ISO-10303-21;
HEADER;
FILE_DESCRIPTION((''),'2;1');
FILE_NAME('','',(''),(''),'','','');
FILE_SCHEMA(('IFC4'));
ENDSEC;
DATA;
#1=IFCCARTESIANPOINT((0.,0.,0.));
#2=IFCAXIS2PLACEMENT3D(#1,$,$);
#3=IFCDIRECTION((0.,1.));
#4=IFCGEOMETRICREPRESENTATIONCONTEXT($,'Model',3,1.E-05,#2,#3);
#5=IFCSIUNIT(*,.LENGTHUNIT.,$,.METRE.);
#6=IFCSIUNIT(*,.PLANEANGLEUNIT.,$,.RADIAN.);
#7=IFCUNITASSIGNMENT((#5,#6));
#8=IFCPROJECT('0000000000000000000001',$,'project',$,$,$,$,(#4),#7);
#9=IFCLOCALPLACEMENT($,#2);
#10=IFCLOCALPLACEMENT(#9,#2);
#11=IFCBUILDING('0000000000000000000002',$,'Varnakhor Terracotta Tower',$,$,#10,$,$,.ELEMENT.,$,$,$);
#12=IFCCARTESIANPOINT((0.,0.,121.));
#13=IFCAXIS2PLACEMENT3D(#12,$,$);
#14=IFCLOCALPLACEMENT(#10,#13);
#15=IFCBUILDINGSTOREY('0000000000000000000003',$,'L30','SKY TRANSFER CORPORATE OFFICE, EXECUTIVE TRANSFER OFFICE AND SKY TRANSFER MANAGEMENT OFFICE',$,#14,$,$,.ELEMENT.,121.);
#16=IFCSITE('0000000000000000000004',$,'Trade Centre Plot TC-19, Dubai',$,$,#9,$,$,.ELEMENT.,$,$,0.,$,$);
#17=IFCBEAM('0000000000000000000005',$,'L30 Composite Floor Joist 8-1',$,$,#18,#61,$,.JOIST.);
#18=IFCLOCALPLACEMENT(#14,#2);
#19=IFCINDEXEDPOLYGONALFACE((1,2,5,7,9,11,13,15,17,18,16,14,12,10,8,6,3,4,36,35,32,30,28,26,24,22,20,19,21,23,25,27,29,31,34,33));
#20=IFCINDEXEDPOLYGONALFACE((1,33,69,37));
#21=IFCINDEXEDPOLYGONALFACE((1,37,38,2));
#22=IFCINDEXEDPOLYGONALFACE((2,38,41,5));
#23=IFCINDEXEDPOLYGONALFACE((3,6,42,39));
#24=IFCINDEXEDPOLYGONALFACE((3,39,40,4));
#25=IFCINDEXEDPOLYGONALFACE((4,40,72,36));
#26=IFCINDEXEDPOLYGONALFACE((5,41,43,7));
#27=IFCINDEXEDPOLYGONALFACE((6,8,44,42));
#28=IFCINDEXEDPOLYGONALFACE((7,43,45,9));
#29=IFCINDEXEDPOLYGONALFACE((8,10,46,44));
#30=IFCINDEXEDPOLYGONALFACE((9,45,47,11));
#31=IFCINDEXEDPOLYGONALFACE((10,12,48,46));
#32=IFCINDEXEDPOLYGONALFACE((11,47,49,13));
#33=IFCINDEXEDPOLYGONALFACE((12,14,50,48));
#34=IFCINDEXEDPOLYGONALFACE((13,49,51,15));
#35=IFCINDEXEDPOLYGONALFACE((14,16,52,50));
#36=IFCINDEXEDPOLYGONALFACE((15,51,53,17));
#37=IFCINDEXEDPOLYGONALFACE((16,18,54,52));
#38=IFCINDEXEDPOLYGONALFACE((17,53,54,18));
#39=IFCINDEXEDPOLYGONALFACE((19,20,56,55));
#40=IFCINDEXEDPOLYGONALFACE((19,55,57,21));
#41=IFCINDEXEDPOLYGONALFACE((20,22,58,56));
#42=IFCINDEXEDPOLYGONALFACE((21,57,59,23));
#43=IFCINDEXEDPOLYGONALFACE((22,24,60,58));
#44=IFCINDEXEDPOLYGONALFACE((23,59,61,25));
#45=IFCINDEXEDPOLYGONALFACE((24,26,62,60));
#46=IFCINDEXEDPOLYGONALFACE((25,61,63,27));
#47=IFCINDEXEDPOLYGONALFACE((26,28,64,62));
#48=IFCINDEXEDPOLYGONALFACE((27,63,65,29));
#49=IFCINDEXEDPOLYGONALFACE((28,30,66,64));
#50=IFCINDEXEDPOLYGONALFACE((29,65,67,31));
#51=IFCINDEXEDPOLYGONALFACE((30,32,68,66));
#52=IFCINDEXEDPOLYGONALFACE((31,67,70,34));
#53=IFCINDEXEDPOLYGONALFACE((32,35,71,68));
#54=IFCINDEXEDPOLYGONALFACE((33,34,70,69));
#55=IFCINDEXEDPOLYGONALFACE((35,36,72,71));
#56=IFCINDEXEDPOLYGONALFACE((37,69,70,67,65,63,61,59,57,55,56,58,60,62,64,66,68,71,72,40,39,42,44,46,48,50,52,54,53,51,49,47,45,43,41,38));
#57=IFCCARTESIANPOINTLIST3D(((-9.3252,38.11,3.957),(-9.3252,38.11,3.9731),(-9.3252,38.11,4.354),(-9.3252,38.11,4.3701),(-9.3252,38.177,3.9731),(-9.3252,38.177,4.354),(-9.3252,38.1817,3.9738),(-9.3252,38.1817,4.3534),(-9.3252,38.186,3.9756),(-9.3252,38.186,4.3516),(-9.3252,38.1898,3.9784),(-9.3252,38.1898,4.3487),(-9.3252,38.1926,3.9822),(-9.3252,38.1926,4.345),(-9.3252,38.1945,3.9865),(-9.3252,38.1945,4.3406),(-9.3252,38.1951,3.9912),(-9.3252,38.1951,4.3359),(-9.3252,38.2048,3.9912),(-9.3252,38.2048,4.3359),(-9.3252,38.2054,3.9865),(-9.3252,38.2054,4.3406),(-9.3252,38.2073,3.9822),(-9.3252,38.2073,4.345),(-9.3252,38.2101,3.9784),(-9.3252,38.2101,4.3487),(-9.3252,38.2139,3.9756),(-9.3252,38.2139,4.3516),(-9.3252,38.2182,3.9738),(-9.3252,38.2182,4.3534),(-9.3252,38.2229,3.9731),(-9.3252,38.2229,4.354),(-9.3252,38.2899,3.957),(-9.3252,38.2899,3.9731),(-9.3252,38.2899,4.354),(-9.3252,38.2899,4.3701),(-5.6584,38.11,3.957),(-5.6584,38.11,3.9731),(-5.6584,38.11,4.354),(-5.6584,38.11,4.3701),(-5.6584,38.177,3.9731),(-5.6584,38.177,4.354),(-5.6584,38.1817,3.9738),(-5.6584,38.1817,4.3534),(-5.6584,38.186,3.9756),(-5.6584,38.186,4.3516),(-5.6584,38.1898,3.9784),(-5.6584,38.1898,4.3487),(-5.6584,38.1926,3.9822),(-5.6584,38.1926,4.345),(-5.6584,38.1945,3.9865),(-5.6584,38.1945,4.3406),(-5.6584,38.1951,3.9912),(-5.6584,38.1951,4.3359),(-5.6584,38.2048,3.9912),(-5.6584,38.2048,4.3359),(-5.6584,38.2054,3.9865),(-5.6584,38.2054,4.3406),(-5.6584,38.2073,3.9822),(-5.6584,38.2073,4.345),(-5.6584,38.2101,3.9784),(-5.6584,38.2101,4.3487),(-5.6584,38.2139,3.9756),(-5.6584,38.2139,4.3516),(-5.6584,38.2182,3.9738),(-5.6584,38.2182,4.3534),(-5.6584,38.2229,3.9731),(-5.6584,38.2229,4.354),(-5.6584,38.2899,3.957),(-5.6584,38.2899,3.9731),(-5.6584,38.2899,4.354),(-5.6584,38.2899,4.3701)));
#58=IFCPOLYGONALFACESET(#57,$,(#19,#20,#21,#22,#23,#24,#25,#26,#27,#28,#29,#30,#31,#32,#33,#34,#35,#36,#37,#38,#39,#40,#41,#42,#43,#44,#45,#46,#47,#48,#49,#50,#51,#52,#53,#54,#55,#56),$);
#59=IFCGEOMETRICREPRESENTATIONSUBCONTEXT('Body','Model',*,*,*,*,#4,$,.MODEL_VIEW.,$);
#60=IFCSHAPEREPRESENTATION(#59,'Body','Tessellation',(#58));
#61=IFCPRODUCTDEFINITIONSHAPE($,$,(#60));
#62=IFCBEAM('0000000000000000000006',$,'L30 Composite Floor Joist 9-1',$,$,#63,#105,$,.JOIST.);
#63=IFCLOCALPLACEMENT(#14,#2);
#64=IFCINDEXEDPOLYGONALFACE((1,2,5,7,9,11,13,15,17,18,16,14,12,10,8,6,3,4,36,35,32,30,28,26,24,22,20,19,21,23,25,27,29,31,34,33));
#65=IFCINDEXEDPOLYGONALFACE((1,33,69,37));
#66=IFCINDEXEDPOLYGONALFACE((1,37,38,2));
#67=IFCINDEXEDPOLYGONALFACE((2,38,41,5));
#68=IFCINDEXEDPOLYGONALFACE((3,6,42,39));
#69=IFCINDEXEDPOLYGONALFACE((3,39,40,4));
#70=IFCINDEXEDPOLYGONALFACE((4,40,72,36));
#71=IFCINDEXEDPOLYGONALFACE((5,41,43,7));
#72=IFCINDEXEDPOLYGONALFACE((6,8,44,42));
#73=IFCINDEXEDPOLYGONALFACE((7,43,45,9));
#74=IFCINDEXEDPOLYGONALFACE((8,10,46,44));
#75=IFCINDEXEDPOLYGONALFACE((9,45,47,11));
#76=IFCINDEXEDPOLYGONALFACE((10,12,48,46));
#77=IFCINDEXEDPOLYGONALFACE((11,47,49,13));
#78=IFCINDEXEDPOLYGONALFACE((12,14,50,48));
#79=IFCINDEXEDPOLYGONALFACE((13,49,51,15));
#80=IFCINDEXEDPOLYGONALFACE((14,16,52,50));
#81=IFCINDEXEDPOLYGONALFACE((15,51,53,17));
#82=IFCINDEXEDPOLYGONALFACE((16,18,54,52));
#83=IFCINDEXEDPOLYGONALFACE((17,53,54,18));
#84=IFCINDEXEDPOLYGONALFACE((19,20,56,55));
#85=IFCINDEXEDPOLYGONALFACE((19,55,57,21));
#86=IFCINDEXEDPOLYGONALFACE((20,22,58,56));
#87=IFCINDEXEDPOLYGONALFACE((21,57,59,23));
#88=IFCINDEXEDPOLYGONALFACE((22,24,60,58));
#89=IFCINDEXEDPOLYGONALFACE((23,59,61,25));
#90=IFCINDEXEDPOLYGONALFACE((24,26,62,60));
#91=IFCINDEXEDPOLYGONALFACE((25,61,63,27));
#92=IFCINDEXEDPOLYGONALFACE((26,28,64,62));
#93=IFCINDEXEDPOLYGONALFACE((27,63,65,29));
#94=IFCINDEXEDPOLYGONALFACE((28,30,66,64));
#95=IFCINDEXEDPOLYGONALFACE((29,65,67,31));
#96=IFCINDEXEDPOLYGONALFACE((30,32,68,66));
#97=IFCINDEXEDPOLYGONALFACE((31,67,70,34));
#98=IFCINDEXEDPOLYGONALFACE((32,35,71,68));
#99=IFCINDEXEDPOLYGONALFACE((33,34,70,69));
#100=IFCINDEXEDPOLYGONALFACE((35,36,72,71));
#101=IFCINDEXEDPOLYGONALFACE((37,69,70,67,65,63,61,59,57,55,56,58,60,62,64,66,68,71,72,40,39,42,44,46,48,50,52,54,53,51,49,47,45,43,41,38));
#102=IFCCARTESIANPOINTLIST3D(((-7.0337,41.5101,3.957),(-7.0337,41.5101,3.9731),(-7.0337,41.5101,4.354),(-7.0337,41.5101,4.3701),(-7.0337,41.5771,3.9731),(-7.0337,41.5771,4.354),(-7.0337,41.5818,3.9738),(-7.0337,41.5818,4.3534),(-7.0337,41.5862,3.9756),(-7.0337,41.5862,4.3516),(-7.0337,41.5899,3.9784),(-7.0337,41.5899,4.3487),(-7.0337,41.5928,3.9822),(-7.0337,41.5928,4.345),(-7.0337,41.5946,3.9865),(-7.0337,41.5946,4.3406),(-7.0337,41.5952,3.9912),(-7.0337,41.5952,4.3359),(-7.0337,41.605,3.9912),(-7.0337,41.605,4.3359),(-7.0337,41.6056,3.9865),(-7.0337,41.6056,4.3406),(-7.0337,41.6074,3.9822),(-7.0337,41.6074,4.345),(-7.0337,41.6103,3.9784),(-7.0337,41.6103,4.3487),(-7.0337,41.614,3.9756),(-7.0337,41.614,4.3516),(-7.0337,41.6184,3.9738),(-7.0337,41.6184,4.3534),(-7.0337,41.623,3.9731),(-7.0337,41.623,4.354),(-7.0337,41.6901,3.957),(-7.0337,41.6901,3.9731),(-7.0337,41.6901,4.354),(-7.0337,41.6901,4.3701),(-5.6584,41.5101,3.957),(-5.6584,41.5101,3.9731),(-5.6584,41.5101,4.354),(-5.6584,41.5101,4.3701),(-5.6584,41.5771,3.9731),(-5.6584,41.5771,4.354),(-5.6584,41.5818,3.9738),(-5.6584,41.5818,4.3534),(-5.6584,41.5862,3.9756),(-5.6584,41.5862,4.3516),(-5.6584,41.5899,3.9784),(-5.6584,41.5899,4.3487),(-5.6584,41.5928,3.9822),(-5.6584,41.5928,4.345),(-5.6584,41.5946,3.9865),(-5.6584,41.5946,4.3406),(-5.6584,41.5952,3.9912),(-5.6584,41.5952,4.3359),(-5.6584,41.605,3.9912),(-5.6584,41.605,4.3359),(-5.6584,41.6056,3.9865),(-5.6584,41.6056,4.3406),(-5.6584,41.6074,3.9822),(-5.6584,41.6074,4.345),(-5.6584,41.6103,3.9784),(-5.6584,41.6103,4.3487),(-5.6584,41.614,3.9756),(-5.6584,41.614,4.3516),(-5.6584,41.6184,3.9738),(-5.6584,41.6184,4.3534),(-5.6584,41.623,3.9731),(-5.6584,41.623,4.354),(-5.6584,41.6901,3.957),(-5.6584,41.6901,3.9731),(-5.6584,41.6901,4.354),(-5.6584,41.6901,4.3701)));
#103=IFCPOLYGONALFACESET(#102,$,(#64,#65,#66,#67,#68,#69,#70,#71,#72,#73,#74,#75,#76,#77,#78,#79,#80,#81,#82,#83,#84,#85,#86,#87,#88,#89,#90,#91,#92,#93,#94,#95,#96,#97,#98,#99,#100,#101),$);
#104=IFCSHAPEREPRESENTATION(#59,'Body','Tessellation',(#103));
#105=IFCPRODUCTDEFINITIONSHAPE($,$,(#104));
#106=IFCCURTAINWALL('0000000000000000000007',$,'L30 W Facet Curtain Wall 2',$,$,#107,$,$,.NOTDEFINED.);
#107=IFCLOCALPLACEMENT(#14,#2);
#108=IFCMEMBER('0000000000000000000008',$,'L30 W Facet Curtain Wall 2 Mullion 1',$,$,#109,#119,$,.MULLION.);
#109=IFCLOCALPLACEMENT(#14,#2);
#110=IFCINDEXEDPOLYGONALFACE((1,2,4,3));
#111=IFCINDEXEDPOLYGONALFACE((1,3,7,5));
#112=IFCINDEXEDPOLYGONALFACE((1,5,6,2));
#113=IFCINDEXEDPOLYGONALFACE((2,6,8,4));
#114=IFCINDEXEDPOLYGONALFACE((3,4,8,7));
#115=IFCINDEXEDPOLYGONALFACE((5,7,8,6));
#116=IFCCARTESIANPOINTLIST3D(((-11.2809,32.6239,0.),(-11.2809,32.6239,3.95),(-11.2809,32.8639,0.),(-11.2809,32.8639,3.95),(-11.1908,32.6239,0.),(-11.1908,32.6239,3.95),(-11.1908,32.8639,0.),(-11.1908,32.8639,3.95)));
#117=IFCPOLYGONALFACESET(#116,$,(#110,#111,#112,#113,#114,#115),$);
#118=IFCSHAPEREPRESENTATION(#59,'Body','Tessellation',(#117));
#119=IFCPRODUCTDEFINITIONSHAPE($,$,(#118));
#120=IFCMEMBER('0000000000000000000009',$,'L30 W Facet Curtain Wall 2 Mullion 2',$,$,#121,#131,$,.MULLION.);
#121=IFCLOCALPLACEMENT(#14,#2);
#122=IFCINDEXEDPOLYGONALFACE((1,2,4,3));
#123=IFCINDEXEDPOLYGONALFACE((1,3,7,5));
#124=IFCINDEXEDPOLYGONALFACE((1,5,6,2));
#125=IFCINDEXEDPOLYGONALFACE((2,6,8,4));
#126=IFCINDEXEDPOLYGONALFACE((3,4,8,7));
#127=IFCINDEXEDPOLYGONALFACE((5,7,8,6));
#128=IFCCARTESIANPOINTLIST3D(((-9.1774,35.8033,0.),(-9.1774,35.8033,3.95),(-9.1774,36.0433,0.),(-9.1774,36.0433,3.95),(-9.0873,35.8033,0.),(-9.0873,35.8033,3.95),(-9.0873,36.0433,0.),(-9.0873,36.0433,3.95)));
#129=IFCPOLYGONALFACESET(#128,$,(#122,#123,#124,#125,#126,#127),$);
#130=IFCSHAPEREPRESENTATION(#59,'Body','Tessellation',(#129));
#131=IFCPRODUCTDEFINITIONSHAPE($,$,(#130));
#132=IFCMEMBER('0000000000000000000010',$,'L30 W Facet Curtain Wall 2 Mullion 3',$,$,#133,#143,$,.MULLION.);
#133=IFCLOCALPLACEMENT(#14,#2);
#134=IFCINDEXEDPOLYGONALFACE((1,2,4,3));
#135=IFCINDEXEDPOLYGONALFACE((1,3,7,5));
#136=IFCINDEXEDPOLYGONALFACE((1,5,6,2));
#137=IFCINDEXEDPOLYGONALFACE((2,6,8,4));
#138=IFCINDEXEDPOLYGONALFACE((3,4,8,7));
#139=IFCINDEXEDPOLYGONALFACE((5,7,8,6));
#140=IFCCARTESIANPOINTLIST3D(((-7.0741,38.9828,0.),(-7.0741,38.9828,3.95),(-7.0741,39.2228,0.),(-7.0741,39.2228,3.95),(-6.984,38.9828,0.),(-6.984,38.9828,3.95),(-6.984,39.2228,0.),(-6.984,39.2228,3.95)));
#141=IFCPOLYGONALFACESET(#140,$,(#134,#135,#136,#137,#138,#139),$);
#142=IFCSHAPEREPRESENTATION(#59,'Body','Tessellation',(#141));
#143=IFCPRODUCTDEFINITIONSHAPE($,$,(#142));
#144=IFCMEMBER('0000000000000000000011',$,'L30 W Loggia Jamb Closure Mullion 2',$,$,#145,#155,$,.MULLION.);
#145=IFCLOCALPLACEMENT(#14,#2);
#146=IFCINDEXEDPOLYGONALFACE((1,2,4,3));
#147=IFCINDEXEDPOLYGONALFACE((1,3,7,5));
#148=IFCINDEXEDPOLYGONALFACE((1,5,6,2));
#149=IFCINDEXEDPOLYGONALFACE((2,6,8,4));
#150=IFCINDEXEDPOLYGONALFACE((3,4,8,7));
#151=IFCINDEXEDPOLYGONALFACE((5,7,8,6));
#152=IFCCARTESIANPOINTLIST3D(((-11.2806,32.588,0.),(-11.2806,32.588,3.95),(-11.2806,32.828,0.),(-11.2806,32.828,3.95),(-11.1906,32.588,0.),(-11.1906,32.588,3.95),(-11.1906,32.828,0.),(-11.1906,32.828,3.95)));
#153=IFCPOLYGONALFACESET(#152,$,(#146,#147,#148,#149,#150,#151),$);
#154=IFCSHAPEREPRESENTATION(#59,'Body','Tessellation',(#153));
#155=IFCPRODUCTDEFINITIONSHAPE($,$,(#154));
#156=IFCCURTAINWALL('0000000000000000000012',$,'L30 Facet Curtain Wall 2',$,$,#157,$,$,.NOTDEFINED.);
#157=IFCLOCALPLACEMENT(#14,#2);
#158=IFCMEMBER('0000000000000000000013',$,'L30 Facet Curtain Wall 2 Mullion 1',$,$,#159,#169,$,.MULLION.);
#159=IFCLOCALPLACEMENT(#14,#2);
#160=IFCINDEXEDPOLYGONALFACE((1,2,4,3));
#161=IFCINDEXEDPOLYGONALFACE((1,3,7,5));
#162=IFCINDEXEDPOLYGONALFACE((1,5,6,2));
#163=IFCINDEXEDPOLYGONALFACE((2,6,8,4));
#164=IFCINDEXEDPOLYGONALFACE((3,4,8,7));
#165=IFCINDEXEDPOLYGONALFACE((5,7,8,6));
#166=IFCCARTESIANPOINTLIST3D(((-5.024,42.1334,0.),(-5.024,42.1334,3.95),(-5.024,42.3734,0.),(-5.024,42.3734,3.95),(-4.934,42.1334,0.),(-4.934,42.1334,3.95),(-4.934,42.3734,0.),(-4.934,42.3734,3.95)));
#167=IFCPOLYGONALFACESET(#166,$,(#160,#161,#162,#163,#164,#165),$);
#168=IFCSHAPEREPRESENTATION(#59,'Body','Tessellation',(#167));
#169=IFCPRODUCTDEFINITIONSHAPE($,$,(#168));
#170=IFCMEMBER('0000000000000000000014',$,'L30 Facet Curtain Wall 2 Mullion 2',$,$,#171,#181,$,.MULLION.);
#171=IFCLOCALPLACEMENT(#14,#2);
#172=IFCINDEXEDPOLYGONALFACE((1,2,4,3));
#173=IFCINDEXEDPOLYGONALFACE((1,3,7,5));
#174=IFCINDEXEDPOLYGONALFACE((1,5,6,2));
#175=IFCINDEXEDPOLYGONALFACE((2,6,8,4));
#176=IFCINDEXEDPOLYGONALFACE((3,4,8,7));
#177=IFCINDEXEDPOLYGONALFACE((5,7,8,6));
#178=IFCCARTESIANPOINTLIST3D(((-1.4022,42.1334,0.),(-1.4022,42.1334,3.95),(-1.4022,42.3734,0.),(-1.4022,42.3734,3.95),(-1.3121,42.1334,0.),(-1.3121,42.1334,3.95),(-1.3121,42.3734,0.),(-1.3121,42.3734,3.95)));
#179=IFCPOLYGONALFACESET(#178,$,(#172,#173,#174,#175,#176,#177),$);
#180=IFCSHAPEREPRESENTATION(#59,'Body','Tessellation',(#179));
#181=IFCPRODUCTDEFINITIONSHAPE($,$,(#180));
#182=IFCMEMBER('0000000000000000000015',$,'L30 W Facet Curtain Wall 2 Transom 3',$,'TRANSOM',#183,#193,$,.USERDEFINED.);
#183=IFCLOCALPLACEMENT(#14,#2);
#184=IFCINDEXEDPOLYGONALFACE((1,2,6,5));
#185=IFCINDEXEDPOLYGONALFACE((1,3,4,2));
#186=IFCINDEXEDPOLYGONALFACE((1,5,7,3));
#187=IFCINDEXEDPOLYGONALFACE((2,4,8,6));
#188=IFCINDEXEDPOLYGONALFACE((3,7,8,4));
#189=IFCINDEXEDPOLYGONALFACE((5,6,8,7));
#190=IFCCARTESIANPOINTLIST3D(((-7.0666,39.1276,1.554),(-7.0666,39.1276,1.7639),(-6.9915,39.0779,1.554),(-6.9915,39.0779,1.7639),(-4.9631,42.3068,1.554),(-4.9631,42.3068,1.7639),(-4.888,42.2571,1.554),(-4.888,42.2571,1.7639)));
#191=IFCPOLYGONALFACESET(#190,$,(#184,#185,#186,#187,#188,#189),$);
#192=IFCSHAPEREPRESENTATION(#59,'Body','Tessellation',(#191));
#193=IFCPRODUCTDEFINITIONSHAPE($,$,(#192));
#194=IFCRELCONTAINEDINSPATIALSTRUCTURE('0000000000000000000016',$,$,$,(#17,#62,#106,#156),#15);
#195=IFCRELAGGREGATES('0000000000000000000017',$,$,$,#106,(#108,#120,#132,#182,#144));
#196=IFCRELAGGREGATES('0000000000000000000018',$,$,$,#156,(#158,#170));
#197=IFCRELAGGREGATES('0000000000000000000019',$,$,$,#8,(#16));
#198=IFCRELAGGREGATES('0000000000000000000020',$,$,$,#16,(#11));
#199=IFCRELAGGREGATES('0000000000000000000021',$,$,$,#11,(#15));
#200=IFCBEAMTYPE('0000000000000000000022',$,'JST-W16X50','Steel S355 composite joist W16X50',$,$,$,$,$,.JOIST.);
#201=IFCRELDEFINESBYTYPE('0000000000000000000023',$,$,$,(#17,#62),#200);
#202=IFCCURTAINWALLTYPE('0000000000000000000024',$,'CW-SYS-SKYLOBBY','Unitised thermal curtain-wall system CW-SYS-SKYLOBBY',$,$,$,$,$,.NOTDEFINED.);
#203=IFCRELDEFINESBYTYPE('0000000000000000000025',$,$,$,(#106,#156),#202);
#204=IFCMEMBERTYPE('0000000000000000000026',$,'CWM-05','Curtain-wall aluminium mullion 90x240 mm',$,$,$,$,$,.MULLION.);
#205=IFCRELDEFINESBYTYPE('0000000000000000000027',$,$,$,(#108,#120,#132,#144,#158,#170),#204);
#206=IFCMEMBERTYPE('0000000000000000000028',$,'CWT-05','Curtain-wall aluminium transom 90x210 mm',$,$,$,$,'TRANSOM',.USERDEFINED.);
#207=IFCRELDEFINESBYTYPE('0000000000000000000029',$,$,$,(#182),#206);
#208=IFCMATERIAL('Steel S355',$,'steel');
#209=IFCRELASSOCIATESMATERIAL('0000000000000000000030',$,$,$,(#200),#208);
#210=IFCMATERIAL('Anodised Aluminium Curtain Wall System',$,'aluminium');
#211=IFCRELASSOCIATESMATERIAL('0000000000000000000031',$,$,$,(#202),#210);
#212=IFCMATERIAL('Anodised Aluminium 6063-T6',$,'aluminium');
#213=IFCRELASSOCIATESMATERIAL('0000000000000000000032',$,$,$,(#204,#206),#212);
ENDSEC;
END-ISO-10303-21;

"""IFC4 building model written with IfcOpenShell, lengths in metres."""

from ifc_helpers import new_model, si_unit, direction, frame, origin, origin_2d, place, context, subcontext, project, spatial, rectangle, i_section, extrude, source, transform, mapped, material, material_profile, profile_set, type_object, type_shapes, element, aggregate, save


model = new_model("IFC4")

# Units and contexts
model_context = context("Model", 3, precision=1e-05, world=origin(), true_north=direction((0.0, 1.0)))
body_context = subcontext(model_context, "Body", "Model", "MODEL_VIEW")
ifc_project = project(units=[si_unit("LENGTHUNIT", "METRE"), si_unit("PLANEANGLEUNIT", "RADIAN")], contexts=[model_context])

# Site, building, storey
site_placement = place(None, origin())
site = spatial("IfcSite", under=ifc_project, at=site_placement, Name="Trade Centre Plot TC-19, Dubai", CompositionType="ELEMENT", RefElevation=0.0)
building_placement = place(site_placement, origin())
building = spatial("IfcBuilding", under=site, at=building_placement, Name="Varnakhor Terracotta Tower", CompositionType="ELEMENT")
storey_placement = place(building_placement, frame((0.0, 0.0, 121.0)))
storey = spatial("IfcBuildingStorey", under=building, at=storey_placement, Name="L30", Description="SKY TRANSFER CORPORATE OFFICE, EXECUTIVE TRANSFER OFFICE AND SKY TRANSFER MANAGEMENT OFFICE", CompositionType="ELEMENT", Elevation=121.0)

# Beams
ifc_material_1 = material(Name="Steel S355", Category="steel")
ifc_material_profile_1 = material_profile(ifc_material_1, i_section(OverallWidth=0.1799, OverallDepth=0.4131, WebThickness=0.0098, FlangeThickness=0.0161, FilletRadius=0.0181, at=origin_2d()), Name="W16X50")
ifc_profile_set_1 = profile_set([ifc_material_profile_1], Name="Steel S355")
beam_type_1 = type_object("IfcBeamType", Name="JST-W16X50", Description="Steel S355 composite joist W16X50", PredefinedType="JOIST", material=ifc_profile_set_1)
shared_shape_1 = source(origin(), body_context, "Body", "SweptSolid", [
    extrude(i_section(OverallWidth=0.1799, OverallDepth=0.4131, WebThickness=0.0098, FlangeThickness=0.0161, FilletRadius=0.0181, at=origin_2d()), origin(), (0.0, 0.0, 1.0), 3.6667),
])
beam_1_placement = place(storey_placement, frame((-9.3252, 38.2, 4.1636), z_axis=(1.0, 0.0, 0.0), x_axis=(0.0, 1.0, 0.0)))
element("IfcBeam", 1, at=beam_1_placement, inside=storey, type_object=beam_type_1, Name="L30 Composite Floor Joist 8-1", PredefinedType="JOIST", context=body_context, shape_type="MappedRepresentation", body=[
    mapped(shared_shape_1, transform((0.0, 0.0, 0.0), scale=1.0)),
])
shared_shape_2 = source(origin(), body_context, "Body", "SweptSolid", [
    extrude(i_section(OverallWidth=0.1799, OverallDepth=0.4131, WebThickness=0.0098, FlangeThickness=0.0161, FilletRadius=0.0181, at=origin_2d()), origin(), (0.0, 0.0, 1.0), 1.3752),
])
beam_2_placement = place(storey_placement, frame((-7.0337, 41.6001, 4.1636), z_axis=(1.0, 0.0, 0.0), x_axis=(0.0, 1.0, 0.0)))
element("IfcBeam", 2, at=beam_2_placement, inside=storey, type_object=beam_type_1, Name="L30 Composite Floor Joist 9-1", PredefinedType="JOIST", context=body_context, shape_type="MappedRepresentation", body=[
    mapped(shared_shape_2, transform((0.0, 0.0, 0.0), scale=1.0)),
])

# Curtain walls, members
ifc_material_2 = material(Name="Anodised Aluminium Curtain Wall System", Category="aluminium")
curtain_wall_type = type_object("IfcCurtainWallType", Name="CW-SYS-SKYLOBBY", Description="Unitised thermal curtain-wall system CW-SYS-SKYLOBBY", PredefinedType="NOTDEFINED", material=ifc_material_2)
curtain_wall_1_placement = place(storey_placement, origin())
curtain_wall_1 = element("IfcCurtainWall", 3, at=curtain_wall_1_placement, inside=storey, type_object=curtain_wall_type, Name="L30 W Facet Curtain Wall 2", PredefinedType="NOTDEFINED")
ifc_material_3 = material(Name="Anodised Aluminium 6063-T6", Category="aluminium")
ifc_material_profile_2 = material_profile(ifc_material_3, rectangle(XDim=0.0901, YDim=0.24, at=origin_2d()), Name="ALU MULLION 90x240")
ifc_profile_set_2 = profile_set([ifc_material_profile_2], Name="Anodised Aluminium 6063-T6")
member_type_1 = type_object("IfcMemberType", Name="CWM-05", Description="Curtain-wall aluminium mullion 90x240 mm", PredefinedType="MULLION", material=ifc_profile_set_2)
shared_shape_3 = source(origin(), body_context, "Body", "SweptSolid", [
    extrude(rectangle(XDim=0.0901, YDim=0.24, at=origin_2d()), origin(), (0.0, 0.0, 1.0), 3.95),
])
type_shapes(member_type_1, [shared_shape_3])
member_1_placement = place(storey_placement, frame((-11.2358, 32.7439, 0.0), z_axis=(0.0, 0.0, 1.0), x_axis=(1.0, 0.0, 0.0)))
member_1 = element("IfcMember", 4, at=member_1_placement, type_object=member_type_1, Name="L30 W Facet Curtain Wall 2 Mullion 1", PredefinedType="MULLION", context=body_context, shape_type="MappedRepresentation", body=[
    mapped(shared_shape_3, transform((0.0, 0.0, 0.0), scale=1.0)),
])
member_2_placement = place(storey_placement, frame((-9.1323, 35.9233, 0.0), z_axis=(0.0, 0.0, 1.0), x_axis=(1.0, 0.0, 0.0)))
member_2 = element("IfcMember", 5, at=member_2_placement, type_object=member_type_1, Name="L30 W Facet Curtain Wall 2 Mullion 2", PredefinedType="MULLION", context=body_context, shape_type="MappedRepresentation", body=[
    mapped(shared_shape_3, transform((0.0, 0.0, 0.0), scale=1.0)),
])
member_3_placement = place(storey_placement, frame((-7.0291, 39.1028, 0.0), z_axis=(0.0, 0.0, 1.0), x_axis=(1.0, 0.0, 0.0)))
member_3 = element("IfcMember", 6, at=member_3_placement, type_object=member_type_1, Name="L30 W Facet Curtain Wall 2 Mullion 3", PredefinedType="MULLION", context=body_context, shape_type="MappedRepresentation", body=[
    mapped(shared_shape_3, transform((0.0, 0.0, 0.0), scale=1.0)),
])
member_4_placement = place(storey_placement, frame((-11.2356, 32.708, 0.0), z_axis=(0.0, 0.0, 1.0), x_axis=(1.0, 0.0, 0.0)))
member_4 = element("IfcMember", 7, at=member_4_placement, type_object=member_type_1, Name="L30 W Loggia Jamb Closure Mullion 2", PredefinedType="MULLION", context=body_context, shape_type="MappedRepresentation", body=[
    mapped(shared_shape_3, transform((0.0, 0.0, 0.0), scale=1.0)),
])
curtain_wall_2_placement = place(storey_placement, origin())
curtain_wall_2 = element("IfcCurtainWall", 8, at=curtain_wall_2_placement, inside=storey, type_object=curtain_wall_type, Name="L30 Facet Curtain Wall 2", PredefinedType="NOTDEFINED")
member_5_placement = place(storey_placement, frame((-4.979, 42.2534, 0.0), z_axis=(0.0, 0.0, 1.0), x_axis=(1.0, 0.0, 0.0)))
member_5 = element("IfcMember", 9, at=member_5_placement, type_object=member_type_1, Name="L30 Facet Curtain Wall 2 Mullion 1", PredefinedType="MULLION", context=body_context, shape_type="MappedRepresentation", body=[
    mapped(shared_shape_3, transform((0.0, 0.0, 0.0), scale=1.0)),
])
member_6_placement = place(storey_placement, frame((-1.3572, 42.2534, 0.0), z_axis=(0.0, 0.0, 1.0), x_axis=(1.0, 0.0, 0.0)))
member_6 = element("IfcMember", 10, at=member_6_placement, type_object=member_type_1, Name="L30 Facet Curtain Wall 2 Mullion 2", PredefinedType="MULLION", context=body_context, shape_type="MappedRepresentation", body=[
    mapped(shared_shape_3, transform((0.0, 0.0, 0.0), scale=1.0)),
])

# Member
ifc_material_profile_3 = material_profile(ifc_material_3, rectangle(XDim=0.0901, YDim=0.21, at=origin_2d()), Name="ALU TRANSOM 90x210")
ifc_profile_set_3 = profile_set([ifc_material_profile_3], Name="Anodised Aluminium 6063-T6")
member_type_2 = type_object("IfcMemberType", Name="CWT-05", Description="Curtain-wall aluminium transom 90x210 mm", ElementType="TRANSOM", PredefinedType="USERDEFINED", material=ifc_profile_set_3)
shared_shape_4 = source(origin(), body_context, "Body", "SweptSolid", [
    extrude(rectangle(XDim=0.0901, YDim=0.21, at=origin_2d()), origin(), (0.0, 0.0, 1.0), 3.812),
])
type_shapes(member_type_2, [shared_shape_4])
member_7_placement = place(storey_placement, frame((-7.0291, 39.1028, 1.6589), z_axis=(0.5518, 0.833976, 0.0), x_axis=(-0.833976, 0.5518, 0.0)))
member_7 = element("IfcMember", 11, at=member_7_placement, type_object=member_type_2, Name="L30 W Facet Curtain Wall 2 Transom 3", ObjectType="TRANSOM", PredefinedType="USERDEFINED", context=body_context, shape_type="MappedRepresentation", body=[
    mapped(shared_shape_4, transform((0.0, 0.0, 0.0), scale=1.0)),
])

aggregate(curtain_wall_1, [member_1, member_2, member_3, member_7, member_4])
aggregate(curtain_wall_2, [member_5, member_6])

save(model, "model.ifc")
